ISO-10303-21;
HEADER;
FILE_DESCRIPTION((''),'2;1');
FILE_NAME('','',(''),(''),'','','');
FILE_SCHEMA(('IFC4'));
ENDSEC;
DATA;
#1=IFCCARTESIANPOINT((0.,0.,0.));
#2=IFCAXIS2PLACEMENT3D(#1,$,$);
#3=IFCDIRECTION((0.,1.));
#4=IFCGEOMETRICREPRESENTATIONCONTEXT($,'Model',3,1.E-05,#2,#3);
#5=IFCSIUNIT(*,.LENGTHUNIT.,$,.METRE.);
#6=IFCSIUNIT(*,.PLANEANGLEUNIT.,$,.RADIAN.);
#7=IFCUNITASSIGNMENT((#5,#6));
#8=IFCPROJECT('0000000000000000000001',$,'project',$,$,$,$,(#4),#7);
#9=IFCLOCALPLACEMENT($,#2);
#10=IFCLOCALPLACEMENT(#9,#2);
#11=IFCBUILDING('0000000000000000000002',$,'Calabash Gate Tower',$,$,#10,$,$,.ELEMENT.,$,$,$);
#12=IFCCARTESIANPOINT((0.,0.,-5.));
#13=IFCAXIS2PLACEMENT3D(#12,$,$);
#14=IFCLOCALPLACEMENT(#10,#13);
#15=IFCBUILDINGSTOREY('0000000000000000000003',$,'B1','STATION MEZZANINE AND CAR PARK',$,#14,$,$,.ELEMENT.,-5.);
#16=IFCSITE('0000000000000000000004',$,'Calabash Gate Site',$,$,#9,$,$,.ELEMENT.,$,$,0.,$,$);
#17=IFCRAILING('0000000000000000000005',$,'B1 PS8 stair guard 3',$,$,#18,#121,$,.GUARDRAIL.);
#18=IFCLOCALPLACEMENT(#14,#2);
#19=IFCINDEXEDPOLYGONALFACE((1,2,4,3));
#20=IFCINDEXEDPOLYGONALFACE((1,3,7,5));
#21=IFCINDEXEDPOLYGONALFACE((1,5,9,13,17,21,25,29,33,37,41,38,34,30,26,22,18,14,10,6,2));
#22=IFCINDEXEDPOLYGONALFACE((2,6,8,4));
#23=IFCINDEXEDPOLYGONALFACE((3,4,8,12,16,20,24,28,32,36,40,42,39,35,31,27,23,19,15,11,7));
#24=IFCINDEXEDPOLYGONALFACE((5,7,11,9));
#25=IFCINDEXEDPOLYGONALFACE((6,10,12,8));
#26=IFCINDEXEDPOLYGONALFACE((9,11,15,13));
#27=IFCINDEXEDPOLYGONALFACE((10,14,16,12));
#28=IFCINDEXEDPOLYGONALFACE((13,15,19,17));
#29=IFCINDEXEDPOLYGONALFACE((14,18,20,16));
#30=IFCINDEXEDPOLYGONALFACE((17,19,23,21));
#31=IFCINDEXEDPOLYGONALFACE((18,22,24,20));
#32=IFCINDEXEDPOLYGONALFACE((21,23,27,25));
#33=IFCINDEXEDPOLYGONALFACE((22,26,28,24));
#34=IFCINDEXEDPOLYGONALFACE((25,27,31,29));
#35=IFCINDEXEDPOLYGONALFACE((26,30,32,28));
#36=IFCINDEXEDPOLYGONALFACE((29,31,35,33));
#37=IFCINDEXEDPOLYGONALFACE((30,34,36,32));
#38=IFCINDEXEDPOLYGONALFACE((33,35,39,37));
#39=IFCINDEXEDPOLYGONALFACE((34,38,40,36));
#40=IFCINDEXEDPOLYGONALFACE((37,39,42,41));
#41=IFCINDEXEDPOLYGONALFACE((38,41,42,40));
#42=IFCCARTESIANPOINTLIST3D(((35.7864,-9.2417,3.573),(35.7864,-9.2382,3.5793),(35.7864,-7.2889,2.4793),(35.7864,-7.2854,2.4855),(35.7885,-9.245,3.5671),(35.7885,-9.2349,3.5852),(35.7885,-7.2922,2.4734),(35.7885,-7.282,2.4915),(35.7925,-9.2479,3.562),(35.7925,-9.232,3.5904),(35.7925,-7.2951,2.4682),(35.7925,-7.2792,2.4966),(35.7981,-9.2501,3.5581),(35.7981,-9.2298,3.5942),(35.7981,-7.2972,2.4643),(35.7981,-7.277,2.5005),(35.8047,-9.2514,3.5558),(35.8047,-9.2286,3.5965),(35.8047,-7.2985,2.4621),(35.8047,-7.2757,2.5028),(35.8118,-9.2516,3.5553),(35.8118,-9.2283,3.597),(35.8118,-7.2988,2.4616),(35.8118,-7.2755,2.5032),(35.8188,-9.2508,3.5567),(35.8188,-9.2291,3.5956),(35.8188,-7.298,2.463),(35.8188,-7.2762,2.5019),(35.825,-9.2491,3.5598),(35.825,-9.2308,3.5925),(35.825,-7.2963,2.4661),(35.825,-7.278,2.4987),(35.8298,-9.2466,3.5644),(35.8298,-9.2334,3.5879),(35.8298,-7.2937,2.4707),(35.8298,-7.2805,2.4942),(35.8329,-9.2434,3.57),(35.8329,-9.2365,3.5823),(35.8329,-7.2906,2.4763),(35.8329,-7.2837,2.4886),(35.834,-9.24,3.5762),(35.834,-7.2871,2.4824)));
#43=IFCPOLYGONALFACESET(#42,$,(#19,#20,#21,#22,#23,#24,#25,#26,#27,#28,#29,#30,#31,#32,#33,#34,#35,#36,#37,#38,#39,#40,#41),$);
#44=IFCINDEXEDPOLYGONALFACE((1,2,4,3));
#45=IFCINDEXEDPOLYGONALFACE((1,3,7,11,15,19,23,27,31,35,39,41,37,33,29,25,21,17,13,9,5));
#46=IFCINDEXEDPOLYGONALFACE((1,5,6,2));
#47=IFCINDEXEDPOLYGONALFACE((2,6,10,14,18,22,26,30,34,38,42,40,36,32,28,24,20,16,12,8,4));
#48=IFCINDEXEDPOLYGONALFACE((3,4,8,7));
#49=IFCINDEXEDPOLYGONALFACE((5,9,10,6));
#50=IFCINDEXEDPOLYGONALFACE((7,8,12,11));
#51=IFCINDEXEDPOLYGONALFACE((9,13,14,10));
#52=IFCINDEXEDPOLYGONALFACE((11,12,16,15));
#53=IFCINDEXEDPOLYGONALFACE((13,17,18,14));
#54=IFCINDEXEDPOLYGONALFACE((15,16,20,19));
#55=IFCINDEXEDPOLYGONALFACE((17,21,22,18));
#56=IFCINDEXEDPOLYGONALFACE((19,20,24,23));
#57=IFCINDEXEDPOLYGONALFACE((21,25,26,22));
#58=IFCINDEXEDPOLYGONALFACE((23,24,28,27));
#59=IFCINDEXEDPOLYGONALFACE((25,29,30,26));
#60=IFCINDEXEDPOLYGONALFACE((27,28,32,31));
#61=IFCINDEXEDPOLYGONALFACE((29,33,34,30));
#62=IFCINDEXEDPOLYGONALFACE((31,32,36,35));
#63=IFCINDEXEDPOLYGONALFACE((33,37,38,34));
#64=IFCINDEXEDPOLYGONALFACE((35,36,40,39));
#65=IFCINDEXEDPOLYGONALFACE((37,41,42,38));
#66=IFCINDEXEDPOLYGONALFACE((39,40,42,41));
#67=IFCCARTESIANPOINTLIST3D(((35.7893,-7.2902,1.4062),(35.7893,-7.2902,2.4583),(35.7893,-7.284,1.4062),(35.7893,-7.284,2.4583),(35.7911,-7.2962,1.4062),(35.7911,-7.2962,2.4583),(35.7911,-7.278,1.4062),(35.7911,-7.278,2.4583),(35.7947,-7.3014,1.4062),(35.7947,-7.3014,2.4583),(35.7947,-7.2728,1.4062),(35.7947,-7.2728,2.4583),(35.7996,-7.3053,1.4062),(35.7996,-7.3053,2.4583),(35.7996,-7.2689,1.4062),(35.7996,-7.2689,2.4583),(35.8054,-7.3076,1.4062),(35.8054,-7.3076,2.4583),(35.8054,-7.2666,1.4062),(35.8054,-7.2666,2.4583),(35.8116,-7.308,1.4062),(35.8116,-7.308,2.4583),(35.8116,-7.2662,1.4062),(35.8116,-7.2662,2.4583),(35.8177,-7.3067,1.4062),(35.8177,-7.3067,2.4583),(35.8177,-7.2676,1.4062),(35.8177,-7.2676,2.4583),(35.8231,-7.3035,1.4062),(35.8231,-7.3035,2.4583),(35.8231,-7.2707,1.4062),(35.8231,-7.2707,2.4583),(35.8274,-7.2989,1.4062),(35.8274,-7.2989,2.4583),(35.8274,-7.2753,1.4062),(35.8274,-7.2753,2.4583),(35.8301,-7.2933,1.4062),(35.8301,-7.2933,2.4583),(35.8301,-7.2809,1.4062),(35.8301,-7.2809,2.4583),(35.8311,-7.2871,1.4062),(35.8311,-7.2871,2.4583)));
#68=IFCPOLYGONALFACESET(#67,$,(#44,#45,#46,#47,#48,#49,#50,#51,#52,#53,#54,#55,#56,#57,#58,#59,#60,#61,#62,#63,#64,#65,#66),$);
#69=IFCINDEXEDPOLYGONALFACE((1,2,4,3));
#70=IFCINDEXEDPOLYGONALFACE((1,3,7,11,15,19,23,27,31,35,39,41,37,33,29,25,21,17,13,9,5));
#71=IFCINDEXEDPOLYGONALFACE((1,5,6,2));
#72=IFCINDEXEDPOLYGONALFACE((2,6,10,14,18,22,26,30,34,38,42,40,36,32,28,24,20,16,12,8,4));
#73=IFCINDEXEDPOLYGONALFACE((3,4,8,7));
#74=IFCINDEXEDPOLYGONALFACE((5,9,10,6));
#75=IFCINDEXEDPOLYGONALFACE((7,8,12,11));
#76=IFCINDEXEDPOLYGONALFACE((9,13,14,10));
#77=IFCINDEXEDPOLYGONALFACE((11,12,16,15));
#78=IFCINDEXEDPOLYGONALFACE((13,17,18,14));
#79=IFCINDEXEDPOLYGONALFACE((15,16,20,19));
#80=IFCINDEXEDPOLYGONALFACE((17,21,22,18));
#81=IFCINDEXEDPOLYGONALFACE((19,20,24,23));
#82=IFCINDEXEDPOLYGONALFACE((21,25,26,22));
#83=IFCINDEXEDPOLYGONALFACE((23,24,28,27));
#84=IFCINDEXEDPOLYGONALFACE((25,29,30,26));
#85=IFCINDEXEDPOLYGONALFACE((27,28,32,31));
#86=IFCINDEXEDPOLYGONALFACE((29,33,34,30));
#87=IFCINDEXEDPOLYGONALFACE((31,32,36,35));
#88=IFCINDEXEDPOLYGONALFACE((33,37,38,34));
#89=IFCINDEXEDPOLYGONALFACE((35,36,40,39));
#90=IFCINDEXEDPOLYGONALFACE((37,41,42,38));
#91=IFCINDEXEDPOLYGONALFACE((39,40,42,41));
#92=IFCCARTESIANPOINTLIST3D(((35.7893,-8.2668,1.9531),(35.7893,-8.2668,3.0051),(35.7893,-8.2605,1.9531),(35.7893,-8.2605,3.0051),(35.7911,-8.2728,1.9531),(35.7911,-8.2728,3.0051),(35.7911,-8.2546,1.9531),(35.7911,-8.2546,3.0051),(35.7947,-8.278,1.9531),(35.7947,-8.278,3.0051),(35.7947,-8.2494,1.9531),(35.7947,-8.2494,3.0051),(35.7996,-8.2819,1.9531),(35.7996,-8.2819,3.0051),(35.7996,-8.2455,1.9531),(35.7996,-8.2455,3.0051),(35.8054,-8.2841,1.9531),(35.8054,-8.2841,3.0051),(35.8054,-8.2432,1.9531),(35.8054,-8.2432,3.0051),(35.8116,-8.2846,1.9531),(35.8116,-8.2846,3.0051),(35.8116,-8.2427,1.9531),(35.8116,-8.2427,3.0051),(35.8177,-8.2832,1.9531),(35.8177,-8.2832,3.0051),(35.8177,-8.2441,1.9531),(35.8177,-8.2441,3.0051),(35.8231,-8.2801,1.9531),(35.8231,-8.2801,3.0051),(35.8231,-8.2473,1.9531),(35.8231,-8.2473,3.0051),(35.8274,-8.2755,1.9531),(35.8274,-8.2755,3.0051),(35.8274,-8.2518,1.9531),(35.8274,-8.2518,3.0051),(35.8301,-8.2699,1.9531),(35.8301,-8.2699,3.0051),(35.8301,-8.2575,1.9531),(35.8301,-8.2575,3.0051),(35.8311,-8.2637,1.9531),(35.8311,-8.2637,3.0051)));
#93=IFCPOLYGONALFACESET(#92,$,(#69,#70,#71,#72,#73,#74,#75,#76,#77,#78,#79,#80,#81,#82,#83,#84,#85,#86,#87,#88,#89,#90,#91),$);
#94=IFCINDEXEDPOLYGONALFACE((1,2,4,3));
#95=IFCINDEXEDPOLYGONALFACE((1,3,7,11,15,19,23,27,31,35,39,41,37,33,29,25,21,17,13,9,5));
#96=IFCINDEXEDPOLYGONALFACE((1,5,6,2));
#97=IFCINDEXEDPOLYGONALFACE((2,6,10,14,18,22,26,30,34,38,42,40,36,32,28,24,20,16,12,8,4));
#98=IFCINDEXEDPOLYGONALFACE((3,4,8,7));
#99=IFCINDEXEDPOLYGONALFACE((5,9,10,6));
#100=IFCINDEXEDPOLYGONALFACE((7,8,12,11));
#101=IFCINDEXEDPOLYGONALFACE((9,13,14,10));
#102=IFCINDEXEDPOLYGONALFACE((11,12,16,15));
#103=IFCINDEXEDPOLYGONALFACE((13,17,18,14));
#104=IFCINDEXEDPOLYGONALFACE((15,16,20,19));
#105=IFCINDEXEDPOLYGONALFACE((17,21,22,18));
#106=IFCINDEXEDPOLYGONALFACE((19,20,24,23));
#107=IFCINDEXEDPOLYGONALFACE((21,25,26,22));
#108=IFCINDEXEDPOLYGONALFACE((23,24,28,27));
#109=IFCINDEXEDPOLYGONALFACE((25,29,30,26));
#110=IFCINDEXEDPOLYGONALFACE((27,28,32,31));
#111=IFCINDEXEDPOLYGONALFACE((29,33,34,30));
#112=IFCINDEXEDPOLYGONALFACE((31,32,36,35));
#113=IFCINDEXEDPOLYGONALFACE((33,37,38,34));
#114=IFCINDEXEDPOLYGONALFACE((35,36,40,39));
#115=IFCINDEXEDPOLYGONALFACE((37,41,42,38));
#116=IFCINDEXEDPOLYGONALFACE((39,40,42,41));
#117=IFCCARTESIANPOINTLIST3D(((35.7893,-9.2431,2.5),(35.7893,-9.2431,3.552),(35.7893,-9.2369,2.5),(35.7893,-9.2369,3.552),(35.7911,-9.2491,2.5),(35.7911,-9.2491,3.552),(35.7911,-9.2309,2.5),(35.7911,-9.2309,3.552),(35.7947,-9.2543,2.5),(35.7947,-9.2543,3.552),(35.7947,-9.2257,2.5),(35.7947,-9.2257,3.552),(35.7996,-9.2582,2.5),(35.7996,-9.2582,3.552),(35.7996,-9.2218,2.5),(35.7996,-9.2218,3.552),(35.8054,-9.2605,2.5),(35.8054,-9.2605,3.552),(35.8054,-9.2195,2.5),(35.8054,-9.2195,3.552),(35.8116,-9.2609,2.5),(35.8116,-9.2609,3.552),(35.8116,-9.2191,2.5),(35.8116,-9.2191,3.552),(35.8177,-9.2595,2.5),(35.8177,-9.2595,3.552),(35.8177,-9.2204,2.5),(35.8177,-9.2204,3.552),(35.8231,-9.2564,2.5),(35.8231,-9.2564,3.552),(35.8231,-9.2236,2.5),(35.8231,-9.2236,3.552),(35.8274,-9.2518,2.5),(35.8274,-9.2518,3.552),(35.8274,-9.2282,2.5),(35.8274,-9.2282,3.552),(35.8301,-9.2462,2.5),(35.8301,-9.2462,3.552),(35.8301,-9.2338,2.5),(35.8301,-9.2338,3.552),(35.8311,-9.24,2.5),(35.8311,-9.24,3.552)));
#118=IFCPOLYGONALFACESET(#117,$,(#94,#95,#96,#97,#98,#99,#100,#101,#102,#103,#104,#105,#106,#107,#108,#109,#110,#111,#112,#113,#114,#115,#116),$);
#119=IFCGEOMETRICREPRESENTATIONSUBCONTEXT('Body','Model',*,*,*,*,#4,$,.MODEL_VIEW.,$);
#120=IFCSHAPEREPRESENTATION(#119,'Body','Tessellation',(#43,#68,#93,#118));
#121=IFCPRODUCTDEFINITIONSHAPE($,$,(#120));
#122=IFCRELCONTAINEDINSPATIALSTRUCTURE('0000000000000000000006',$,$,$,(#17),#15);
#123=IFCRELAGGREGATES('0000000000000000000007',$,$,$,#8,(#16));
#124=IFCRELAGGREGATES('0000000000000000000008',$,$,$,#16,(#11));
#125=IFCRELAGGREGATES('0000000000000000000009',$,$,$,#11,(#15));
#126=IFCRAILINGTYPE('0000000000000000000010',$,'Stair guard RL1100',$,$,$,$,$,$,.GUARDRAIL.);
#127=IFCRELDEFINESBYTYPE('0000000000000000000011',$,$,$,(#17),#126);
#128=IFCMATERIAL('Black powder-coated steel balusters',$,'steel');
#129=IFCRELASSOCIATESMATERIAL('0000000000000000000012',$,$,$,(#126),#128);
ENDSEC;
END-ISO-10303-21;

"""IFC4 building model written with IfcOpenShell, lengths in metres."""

from ifc_helpers import new_model, si_unit, direction, frame, origin, origin_2d, place, context, subcontext, project, spatial, circle, extrude, material, type_object, element, save


model = new_model("IFC4")

# Units and contexts
model_context = context("Model", 3, precision=1e-05, world=origin(), true_north=direction((0.0, 1.0)))
body_context = subcontext(model_context, "Body", "Model", "MODEL_VIEW")
ifc_project = project(units=[si_unit("LENGTHUNIT", "METRE"), si_unit("PLANEANGLEUNIT", "RADIAN")], contexts=[model_context])

# Site, building, storey
site_placement = place(None, origin())
site = spatial("IfcSite", under=ifc_project, at=site_placement, Name="Calabash Gate Site", CompositionType="ELEMENT", RefElevation=0.0)
building_placement = place(site_placement, origin())
building = spatial("IfcBuilding", under=site, at=building_placement, Name="Calabash Gate Tower", CompositionType="ELEMENT")
storey_placement = place(building_placement, frame((0.0, 0.0, -5.0)))
storey = spatial("IfcBuildingStorey", under=building, at=storey_placement, Name="B1", Description="STATION MEZZANINE AND CAR PARK", CompositionType="ELEMENT", Elevation=-5.0)

# Railing
ifc_material_1 = material(Name="Black powder-coated steel balusters", Category="steel")
railing_type_1 = type_object("IfcRailingType", Name="Stair guard RL1100", PredefinedType="GUARDRAIL", material=ifc_material_1)
railing_1_placement = place(storey_placement, frame((35.8101, -7.2871, 1.4062)))
element("IfcRailing", 1, at=railing_1_placement, inside=storey, type_object=railing_type_1, Name="B1 PS8 stair guard 3", PredefinedType="GUARDRAIL", context=body_context, shape_type="SweptSolid", body=[
    extrude(circle(Radius=0.0239, at=origin_2d()), frame((0.0, 0.0, 1.0762), z_axis=(0.0, -0.87248, 0.48865), x_axis=(1.0, 0.0, 0.0)), (0.0, 0.0, 1.0), 2.2383),
    extrude(circle(Radius=0.021, at=origin_2d()), origin(), (0.0, 0.0, 1.0), 1.052),
    extrude(circle(Radius=0.021, at=origin_2d()), frame((0.0, -0.9766, 0.5469)), (0.0, 0.0, 1.0), 1.052),
    extrude(circle(Radius=0.021, at=origin_2d()), frame((0.0, -1.9529, 1.0938)), (0.0, 0.0, 1.0), 1.052),
])

save(model, "model.ifc")
